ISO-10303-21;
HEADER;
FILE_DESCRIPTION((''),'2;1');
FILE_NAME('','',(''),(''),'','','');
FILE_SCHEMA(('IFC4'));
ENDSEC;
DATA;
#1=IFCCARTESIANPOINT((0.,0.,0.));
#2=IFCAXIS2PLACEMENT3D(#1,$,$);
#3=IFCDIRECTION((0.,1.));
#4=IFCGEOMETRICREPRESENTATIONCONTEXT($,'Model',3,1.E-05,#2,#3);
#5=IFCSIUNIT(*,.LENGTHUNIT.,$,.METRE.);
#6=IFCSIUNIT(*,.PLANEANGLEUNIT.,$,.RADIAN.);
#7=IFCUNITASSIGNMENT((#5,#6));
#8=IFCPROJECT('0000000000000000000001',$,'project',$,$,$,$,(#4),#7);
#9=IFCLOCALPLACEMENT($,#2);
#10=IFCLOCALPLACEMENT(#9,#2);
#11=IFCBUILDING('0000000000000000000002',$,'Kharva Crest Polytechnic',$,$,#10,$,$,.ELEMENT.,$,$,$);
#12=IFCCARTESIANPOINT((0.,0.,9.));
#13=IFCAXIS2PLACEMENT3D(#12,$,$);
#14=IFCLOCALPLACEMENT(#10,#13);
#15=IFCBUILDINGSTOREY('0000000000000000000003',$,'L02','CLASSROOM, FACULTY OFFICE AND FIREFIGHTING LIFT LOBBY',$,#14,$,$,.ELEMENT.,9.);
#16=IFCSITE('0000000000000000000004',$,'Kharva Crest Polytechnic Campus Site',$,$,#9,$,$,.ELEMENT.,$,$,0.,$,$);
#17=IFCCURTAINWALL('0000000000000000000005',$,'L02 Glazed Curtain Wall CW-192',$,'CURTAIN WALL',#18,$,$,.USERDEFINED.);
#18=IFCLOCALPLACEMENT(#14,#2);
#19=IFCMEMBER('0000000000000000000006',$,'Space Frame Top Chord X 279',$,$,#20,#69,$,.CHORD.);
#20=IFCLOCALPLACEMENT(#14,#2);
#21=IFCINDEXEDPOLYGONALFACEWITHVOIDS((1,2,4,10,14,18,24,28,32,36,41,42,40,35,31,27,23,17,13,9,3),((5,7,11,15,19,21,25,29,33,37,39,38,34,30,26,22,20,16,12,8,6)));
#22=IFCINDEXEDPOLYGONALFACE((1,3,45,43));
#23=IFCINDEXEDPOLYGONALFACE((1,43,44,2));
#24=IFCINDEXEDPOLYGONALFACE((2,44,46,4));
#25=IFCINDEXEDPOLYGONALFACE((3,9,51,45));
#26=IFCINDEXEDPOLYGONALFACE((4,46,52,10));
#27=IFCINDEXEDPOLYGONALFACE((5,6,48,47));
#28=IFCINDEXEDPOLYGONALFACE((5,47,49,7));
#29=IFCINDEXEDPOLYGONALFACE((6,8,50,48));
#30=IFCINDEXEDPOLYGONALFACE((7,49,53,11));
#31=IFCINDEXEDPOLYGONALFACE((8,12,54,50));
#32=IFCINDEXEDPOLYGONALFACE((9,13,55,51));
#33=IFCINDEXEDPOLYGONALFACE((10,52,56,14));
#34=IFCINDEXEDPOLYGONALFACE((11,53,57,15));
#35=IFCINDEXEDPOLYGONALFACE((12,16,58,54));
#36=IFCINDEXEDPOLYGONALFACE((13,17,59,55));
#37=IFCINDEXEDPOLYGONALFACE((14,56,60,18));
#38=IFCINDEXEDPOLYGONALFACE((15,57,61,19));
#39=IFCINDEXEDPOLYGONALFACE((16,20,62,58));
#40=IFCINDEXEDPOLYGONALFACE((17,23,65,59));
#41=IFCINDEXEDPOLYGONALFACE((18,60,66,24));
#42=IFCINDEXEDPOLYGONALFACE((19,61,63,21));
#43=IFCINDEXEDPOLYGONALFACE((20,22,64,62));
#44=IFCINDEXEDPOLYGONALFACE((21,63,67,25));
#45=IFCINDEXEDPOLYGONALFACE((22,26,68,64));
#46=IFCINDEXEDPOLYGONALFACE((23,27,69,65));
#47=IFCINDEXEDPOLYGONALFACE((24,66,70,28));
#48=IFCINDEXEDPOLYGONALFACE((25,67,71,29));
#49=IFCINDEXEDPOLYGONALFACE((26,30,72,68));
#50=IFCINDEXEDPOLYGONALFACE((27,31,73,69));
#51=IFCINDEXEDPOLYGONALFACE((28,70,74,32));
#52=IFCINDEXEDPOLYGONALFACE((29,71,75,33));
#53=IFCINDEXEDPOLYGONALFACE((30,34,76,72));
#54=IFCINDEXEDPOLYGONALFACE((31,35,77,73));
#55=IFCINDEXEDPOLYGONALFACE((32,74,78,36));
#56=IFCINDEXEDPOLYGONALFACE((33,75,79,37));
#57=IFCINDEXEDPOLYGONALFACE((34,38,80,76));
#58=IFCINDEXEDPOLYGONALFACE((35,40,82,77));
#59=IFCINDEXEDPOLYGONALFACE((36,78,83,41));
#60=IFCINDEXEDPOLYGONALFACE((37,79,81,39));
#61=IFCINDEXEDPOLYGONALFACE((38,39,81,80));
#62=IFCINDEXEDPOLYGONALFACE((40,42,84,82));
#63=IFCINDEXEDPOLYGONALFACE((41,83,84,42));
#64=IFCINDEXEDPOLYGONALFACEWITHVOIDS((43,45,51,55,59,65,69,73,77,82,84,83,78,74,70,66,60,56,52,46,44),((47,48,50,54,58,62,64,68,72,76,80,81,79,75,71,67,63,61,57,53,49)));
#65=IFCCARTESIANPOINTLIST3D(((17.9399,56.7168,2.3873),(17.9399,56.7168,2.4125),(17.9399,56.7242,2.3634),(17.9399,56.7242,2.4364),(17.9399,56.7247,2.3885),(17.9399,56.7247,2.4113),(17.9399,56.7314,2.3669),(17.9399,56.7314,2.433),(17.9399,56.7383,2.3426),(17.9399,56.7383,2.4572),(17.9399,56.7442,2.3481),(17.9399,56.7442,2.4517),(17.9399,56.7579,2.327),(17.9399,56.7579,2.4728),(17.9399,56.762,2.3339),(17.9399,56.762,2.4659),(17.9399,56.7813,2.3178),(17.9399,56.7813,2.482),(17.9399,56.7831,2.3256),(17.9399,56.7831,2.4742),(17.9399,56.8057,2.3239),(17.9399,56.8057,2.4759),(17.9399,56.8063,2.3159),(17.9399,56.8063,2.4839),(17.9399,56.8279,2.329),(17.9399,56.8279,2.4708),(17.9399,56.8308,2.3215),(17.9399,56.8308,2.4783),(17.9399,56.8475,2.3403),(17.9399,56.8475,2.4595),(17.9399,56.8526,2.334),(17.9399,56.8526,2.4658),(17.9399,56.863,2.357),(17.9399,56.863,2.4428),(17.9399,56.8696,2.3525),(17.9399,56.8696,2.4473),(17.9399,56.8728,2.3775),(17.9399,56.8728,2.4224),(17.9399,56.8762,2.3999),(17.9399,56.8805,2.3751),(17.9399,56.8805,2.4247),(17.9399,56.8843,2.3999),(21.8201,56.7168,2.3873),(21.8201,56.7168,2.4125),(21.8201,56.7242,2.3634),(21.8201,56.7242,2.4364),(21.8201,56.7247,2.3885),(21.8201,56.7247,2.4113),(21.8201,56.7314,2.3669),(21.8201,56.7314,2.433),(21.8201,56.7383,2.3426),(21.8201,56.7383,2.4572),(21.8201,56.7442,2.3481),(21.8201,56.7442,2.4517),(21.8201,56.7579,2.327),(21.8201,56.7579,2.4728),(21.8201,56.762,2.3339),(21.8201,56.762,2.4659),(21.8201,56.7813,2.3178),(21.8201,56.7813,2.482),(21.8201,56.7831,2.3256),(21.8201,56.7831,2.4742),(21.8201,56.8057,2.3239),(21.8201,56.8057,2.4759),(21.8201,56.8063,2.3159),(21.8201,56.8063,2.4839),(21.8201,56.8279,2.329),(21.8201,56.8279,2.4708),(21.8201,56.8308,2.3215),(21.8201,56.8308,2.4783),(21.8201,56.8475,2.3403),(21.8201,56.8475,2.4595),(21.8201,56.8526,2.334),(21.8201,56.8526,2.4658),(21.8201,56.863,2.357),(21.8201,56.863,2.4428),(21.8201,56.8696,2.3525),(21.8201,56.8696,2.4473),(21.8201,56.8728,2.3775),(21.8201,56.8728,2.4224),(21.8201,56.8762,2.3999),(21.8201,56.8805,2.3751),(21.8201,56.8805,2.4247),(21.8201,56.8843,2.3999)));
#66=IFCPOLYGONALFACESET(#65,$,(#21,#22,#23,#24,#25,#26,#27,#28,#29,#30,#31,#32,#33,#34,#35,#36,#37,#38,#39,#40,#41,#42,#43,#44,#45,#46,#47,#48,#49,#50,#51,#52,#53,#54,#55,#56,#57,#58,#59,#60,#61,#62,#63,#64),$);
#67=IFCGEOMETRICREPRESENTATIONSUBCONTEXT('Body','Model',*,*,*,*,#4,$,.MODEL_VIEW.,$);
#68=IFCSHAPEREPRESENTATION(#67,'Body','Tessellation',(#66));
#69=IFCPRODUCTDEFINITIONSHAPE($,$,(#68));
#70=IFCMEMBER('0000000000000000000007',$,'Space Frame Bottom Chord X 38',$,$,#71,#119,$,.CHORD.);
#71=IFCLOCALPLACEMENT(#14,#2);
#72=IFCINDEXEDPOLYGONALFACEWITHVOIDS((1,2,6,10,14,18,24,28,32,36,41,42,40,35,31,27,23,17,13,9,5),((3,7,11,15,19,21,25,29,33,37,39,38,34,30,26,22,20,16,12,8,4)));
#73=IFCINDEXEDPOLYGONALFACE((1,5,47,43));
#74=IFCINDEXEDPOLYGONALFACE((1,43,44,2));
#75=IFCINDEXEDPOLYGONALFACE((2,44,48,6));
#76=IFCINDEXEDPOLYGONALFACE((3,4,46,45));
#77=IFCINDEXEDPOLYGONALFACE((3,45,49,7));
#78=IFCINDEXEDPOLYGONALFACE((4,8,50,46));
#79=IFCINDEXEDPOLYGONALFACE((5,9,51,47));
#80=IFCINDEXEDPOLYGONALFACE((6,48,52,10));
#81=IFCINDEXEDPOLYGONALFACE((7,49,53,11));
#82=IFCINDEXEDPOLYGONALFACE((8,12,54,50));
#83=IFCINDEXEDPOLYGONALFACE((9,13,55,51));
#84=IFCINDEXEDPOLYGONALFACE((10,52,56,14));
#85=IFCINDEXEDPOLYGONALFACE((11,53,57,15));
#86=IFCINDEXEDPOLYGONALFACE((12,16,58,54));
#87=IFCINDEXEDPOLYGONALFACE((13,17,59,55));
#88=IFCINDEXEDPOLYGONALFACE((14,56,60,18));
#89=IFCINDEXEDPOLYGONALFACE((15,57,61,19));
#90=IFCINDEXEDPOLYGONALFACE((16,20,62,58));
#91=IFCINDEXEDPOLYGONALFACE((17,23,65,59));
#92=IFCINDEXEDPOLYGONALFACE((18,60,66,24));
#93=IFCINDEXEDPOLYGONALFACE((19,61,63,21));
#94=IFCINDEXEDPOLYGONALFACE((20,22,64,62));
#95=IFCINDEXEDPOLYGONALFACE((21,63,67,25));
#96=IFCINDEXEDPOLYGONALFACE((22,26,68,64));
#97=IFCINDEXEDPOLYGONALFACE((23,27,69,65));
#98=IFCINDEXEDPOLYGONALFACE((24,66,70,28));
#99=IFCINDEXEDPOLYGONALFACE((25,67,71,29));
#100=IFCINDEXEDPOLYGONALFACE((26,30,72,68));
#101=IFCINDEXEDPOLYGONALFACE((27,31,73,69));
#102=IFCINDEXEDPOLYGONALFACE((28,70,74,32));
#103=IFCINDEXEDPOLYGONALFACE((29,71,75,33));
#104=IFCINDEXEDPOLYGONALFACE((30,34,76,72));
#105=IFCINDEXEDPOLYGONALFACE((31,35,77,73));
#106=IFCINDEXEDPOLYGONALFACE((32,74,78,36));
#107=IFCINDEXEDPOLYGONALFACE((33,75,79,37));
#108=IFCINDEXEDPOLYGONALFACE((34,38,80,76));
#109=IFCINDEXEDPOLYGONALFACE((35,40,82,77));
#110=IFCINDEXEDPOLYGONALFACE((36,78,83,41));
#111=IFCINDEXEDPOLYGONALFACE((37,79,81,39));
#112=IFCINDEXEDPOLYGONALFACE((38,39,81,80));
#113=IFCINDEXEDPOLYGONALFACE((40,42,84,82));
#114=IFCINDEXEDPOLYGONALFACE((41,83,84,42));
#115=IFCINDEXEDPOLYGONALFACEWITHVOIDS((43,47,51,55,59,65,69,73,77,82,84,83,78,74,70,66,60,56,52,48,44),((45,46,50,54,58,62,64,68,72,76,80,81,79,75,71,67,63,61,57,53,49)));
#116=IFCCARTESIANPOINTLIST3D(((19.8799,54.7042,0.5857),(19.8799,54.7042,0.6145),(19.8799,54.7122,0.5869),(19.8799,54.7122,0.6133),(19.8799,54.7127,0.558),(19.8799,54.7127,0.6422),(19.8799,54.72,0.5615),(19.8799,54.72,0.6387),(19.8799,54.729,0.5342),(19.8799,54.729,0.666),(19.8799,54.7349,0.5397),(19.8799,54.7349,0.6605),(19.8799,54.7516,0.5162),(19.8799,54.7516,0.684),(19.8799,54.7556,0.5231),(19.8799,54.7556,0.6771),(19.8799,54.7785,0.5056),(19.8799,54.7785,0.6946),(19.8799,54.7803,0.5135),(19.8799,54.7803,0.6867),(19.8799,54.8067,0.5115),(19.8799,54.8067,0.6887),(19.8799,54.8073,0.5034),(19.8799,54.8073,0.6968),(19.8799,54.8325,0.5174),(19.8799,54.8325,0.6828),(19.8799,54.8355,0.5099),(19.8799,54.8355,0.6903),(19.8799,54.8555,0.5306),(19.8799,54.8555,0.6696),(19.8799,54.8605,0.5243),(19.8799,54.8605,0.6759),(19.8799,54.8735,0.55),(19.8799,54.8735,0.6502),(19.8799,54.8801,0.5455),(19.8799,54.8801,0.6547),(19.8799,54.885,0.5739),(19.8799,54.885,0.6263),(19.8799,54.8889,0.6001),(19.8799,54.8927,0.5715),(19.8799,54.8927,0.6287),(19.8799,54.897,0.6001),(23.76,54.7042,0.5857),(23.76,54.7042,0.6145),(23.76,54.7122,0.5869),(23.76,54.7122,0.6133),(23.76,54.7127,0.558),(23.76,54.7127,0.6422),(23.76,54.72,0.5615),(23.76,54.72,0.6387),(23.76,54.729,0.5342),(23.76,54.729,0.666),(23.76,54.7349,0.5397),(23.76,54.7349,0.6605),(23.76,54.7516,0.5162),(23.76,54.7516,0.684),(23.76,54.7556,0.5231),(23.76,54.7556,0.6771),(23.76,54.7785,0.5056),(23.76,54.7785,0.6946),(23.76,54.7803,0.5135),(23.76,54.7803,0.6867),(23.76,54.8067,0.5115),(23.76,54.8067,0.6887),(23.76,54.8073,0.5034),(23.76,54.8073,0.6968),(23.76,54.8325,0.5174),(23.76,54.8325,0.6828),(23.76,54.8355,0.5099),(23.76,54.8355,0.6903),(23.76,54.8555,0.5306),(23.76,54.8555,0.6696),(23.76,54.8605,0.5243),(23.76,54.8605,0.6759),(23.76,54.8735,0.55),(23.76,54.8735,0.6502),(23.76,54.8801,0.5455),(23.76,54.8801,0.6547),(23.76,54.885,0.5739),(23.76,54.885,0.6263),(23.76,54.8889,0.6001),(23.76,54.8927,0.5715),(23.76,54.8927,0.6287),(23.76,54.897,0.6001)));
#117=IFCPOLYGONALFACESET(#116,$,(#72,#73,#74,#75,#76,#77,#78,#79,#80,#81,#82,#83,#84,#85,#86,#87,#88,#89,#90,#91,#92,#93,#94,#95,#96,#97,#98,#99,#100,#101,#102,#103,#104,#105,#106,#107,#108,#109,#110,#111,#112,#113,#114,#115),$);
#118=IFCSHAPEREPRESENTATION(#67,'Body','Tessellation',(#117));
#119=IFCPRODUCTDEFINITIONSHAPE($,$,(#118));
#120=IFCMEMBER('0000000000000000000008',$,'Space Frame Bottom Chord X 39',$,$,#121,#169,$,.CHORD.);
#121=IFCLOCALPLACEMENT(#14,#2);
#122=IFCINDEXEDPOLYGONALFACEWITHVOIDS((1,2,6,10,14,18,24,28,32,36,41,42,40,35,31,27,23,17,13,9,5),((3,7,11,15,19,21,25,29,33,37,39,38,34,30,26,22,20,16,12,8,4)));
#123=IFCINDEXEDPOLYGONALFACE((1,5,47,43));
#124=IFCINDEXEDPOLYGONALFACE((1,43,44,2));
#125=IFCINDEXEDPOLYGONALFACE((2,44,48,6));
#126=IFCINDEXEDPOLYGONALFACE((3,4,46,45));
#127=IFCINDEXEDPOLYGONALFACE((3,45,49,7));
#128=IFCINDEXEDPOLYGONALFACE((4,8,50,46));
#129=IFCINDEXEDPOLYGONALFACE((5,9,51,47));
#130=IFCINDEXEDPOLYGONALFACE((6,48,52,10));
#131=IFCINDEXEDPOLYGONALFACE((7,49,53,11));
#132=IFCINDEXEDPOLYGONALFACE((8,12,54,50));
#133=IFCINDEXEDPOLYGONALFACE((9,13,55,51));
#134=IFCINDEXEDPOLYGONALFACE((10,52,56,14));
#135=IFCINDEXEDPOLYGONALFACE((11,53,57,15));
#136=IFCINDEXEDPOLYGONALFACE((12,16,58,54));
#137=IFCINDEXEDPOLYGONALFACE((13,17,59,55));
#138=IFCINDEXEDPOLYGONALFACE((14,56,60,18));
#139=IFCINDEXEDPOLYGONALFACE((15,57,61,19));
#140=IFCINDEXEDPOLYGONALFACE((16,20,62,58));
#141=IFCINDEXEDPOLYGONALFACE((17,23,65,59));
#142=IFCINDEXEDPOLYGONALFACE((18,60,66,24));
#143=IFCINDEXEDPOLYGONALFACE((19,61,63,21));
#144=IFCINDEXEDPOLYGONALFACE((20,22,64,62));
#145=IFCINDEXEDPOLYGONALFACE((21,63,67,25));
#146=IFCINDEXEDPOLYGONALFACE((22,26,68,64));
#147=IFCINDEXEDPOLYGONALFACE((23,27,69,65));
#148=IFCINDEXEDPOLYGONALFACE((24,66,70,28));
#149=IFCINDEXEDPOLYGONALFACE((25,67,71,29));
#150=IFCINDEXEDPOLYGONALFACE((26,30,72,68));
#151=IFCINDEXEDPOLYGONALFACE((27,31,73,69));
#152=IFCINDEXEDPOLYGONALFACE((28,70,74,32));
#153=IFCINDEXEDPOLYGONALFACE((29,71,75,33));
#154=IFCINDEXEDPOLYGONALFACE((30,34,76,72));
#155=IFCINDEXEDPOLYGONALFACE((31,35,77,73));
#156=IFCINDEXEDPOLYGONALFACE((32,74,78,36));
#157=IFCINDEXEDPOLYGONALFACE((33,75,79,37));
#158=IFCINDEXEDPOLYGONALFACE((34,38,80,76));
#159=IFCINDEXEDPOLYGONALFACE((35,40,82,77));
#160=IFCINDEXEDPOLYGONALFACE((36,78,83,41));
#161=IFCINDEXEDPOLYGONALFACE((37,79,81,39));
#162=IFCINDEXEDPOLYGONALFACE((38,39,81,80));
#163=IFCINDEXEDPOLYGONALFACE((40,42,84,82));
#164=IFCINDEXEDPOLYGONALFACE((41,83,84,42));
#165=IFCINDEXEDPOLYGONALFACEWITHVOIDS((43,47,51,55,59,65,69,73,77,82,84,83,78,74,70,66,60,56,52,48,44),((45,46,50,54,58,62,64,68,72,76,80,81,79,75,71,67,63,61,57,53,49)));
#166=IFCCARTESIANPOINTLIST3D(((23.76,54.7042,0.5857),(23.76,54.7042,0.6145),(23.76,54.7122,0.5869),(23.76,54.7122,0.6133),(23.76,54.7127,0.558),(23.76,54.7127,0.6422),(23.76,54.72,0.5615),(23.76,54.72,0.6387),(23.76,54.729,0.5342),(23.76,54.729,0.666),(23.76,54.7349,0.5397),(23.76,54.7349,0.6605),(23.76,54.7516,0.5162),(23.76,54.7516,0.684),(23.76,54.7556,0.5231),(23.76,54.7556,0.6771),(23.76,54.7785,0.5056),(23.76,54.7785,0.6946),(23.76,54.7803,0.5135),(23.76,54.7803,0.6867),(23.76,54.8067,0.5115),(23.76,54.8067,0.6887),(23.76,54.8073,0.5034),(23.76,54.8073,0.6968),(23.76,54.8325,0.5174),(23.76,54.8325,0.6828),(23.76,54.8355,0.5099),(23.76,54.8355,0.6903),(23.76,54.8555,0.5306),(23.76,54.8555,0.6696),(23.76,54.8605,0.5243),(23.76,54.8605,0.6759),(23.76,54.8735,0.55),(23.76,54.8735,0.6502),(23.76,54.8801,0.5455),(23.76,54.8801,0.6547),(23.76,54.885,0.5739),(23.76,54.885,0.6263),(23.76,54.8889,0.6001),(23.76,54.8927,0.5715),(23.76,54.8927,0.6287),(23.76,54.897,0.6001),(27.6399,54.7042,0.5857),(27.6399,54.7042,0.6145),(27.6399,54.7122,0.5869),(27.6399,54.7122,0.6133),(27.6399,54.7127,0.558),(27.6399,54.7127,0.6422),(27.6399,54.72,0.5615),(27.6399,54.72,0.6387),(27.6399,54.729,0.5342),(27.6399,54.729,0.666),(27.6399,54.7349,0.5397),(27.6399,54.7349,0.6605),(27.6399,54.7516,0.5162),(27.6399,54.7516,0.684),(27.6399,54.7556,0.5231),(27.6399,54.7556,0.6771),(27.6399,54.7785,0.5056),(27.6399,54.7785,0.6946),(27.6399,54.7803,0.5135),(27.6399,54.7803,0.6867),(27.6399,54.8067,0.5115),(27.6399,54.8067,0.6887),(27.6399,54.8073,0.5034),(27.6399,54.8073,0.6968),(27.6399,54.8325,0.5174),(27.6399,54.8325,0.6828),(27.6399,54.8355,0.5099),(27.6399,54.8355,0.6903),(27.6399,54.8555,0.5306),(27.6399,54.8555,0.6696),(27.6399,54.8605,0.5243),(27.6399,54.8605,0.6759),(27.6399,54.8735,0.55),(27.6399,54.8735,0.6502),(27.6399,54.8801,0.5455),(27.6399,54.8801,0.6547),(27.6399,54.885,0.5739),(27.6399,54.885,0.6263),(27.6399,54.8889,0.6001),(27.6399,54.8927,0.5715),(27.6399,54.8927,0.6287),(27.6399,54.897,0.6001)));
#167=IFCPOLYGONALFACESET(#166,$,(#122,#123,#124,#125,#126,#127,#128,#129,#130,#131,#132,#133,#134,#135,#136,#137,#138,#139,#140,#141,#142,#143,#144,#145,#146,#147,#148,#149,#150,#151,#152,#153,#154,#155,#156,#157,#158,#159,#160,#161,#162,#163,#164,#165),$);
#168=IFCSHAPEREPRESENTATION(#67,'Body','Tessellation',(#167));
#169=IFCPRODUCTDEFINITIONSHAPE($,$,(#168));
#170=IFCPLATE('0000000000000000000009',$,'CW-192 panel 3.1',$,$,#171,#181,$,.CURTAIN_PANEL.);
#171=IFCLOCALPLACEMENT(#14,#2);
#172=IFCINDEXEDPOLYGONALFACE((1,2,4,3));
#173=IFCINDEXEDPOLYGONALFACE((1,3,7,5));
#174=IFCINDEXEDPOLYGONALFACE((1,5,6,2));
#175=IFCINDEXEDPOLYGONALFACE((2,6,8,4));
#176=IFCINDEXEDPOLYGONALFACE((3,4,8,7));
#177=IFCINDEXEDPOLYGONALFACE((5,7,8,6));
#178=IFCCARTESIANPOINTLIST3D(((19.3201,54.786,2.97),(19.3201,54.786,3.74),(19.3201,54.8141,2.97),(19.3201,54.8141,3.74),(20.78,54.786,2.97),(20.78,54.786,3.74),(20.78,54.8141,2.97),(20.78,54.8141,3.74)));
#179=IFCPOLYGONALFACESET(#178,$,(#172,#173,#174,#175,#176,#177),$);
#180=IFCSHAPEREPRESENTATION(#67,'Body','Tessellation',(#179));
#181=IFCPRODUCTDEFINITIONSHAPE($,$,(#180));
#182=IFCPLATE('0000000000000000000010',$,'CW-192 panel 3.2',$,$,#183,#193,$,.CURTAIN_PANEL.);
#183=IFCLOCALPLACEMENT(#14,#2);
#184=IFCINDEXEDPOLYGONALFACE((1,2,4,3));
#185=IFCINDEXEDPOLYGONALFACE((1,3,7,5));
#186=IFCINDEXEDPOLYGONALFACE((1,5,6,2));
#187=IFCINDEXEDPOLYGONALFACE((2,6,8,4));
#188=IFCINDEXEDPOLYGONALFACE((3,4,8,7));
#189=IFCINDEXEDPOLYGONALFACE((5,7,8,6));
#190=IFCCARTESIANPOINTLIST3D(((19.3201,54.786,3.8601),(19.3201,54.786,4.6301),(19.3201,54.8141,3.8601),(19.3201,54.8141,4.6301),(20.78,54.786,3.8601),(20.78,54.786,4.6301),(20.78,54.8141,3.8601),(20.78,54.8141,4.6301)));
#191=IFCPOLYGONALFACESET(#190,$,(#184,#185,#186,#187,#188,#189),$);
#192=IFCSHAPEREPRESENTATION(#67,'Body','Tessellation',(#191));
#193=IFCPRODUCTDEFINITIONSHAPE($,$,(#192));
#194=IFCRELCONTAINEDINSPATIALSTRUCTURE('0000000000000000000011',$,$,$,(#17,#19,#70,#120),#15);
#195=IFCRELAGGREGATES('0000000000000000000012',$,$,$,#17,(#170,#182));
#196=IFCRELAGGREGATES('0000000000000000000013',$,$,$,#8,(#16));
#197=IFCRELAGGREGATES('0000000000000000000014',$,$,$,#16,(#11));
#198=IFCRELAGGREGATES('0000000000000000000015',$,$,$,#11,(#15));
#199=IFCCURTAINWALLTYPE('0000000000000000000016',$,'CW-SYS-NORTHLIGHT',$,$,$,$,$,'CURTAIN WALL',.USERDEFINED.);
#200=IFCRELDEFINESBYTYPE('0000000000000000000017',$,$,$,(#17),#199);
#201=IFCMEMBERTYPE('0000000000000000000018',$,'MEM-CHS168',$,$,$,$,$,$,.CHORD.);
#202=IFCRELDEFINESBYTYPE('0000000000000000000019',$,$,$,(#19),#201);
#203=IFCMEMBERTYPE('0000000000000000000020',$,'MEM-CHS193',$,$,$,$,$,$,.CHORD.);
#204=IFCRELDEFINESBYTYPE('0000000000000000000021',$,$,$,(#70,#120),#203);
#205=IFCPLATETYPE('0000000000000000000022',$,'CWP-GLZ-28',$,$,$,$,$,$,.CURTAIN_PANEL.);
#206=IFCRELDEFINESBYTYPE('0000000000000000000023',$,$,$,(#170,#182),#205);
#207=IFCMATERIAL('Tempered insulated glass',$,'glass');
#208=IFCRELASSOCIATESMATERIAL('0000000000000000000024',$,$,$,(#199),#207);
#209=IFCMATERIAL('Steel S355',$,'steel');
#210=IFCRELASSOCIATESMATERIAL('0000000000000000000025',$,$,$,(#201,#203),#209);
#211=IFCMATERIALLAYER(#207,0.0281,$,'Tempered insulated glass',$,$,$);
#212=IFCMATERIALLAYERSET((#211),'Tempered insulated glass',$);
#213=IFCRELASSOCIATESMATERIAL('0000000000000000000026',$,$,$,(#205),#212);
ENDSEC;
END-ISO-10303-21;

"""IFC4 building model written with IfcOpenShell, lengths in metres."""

from ifc_helpers import new_model, si_unit, direction, frame, origin, origin_2d, place, context, subcontext, project, spatial, rectangle, hollow_circle, extrude, material, layer, layer_set, material_profile, profile_set, type_object, element, aggregate, save


model = new_model("IFC4")

# Units and contexts
model_context = context("Model", 3, precision=1e-05, world=origin(), true_north=direction((0.0, 1.0)))
body_context = subcontext(model_context, "Body", "Model", "MODEL_VIEW")
ifc_project = project(units=[si_unit("LENGTHUNIT", "METRE"), si_unit("PLANEANGLEUNIT", "RADIAN")], contexts=[model_context])

# Site, building, storey
site_placement = place(None, origin())
site = spatial("IfcSite", under=ifc_project, at=site_placement, Name="Kharva Crest Polytechnic Campus Site", CompositionType="ELEMENT", RefElevation=0.0)
building_placement = place(site_placement, origin())
building = spatial("IfcBuilding", under=site, at=building_placement, Name="Kharva Crest Polytechnic", CompositionType="ELEMENT")
storey_placement = place(building_placement, frame((0.0, 0.0, 9.0)))
storey = spatial("IfcBuildingStorey", under=building, at=storey_placement, Name="L02", Description="CLASSROOM, FACULTY OFFICE AND FIREFIGHTING LIFT LOBBY", CompositionType="ELEMENT", Elevation=9.0)

# Curtain wall
ifc_material_1 = material(Name="Tempered insulated glass", Category="glass")
curtain_wall_type = type_object("IfcCurtainWallType", Name="CW-SYS-NORTHLIGHT", ElementType="CURTAIN WALL", PredefinedType="USERDEFINED", material=ifc_material_1)
curtain_wall_placement = place(storey_placement, origin())
curtain_wall = element("IfcCurtainWall", 1, at=curtain_wall_placement, inside=storey, type_object=curtain_wall_type, Name="L02 Glazed Curtain Wall CW-192", ObjectType="CURTAIN WALL", PredefinedType="USERDEFINED")
ifc_material_2 = material(Name="Steel S355", Category="steel")

# Members
ifc_material_profile_1 = material_profile(ifc_material_2, hollow_circle(Radius=0.0842, WallThickness=0.0081, at=origin_2d()), Name="CHS 168.3X8.0")
ifc_profile_set_1 = profile_set([ifc_material_profile_1], Name="Steel S355")
member_type_1 = type_object("IfcMemberType", Name="MEM-CHS168", PredefinedType="CHORD", material=ifc_profile_set_1)
member_1_placement = place(storey_placement, frame((17.9399, 56.8, 2.3999), z_axis=(1.0, 0.0, 0.0), x_axis=(0.0, 1.0, 0.0)))
element("IfcMember", 2, at=member_1_placement, inside=storey, type_object=member_type_1, Name="Space Frame Top Chord X 279", PredefinedType="CHORD", context=body_context, shape_type="SweptSolid", body=[
    extrude(hollow_circle(Radius=0.0842, WallThickness=0.0081, at=origin_2d()), origin(), (0.0, 0.0, 1.0), 3.8801),
])
ifc_material_profile_2 = material_profile(ifc_material_2, hollow_circle(Radius=0.0969, WallThickness=0.0081, at=origin_2d()), Name="CHS 193.7X8.0")
ifc_profile_set_2 = profile_set([ifc_material_profile_2], Name="Steel S355")
member_type_2 = type_object("IfcMemberType", Name="MEM-CHS193", PredefinedType="CHORD", material=ifc_profile_set_2)
member_2_placement = place(storey_placement, frame((19.8799, 54.8, 0.6001), z_axis=(1.0, 0.0, 0.0), x_axis=(0.0, 1.0, 0.0)))
element("IfcMember", 3, at=member_2_placement, inside=storey, type_object=member_type_2, Name="Space Frame Bottom Chord X 38", PredefinedType="CHORD", context=body_context, shape_type="SweptSolid", body=[
    extrude(hollow_circle(Radius=0.0969, WallThickness=0.0081, at=origin_2d()), origin(), (0.0, 0.0, 1.0), 3.8801),
])
member_3_placement = place(storey_placement, frame((23.76, 54.8, 0.6001), z_axis=(1.0, 0.0, 0.0), x_axis=(0.0, 1.0, 0.0)))
element("IfcMember", 4, at=member_3_placement, inside=storey, type_object=member_type_2, Name="Space Frame Bottom Chord X 39", PredefinedType="CHORD", context=body_context, shape_type="SweptSolid", body=[
    extrude(hollow_circle(Radius=0.0969, WallThickness=0.0081, at=origin_2d()), origin(), (0.0, 0.0, 1.0), 3.8799),
])

# Plates
ifc_layer = layer(ifc_material_1, 0.0281, Name="Tempered insulated glass")
ifc_layer_set = layer_set([ifc_layer], Name="Tempered insulated glass")
plate_type = type_object("IfcPlateType", Name="CWP-GLZ-28", PredefinedType="CURTAIN_PANEL", material=ifc_layer_set)
plate_1_placement = place(storey_placement, frame((20.05, 54.8, 2.97), z_axis=(0.0, 0.0, 1.0), x_axis=(1.0, 0.0, 0.0)))
plate_1 = element("IfcPlate", 5, at=plate_1_placement, type_object=plate_type, Name="CW-192 panel 3.1", PredefinedType="CURTAIN_PANEL", context=body_context, shape_type="SweptSolid", body=[
    extrude(rectangle(XDim=1.46, YDim=0.0281, at=origin_2d()), origin(), (0.0, 0.0, 1.0), 0.77),
])
plate_2_placement = place(storey_placement, frame((20.05, 54.8, 3.8601), z_axis=(0.0, 0.0, 1.0), x_axis=(1.0, 0.0, 0.0)))
plate_2 = element("IfcPlate", 6, at=plate_2_placement, type_object=plate_type, Name="CW-192 panel 3.2", PredefinedType="CURTAIN_PANEL", context=body_context, shape_type="SweptSolid", body=[
    extrude(rectangle(XDim=1.46, YDim=0.0281, at=origin_2d()), origin(), (0.0, 0.0, 1.0), 0.77),
])
aggregate(curtain_wall, [plate_1, plate_2])

save(model, "model.ifc")
